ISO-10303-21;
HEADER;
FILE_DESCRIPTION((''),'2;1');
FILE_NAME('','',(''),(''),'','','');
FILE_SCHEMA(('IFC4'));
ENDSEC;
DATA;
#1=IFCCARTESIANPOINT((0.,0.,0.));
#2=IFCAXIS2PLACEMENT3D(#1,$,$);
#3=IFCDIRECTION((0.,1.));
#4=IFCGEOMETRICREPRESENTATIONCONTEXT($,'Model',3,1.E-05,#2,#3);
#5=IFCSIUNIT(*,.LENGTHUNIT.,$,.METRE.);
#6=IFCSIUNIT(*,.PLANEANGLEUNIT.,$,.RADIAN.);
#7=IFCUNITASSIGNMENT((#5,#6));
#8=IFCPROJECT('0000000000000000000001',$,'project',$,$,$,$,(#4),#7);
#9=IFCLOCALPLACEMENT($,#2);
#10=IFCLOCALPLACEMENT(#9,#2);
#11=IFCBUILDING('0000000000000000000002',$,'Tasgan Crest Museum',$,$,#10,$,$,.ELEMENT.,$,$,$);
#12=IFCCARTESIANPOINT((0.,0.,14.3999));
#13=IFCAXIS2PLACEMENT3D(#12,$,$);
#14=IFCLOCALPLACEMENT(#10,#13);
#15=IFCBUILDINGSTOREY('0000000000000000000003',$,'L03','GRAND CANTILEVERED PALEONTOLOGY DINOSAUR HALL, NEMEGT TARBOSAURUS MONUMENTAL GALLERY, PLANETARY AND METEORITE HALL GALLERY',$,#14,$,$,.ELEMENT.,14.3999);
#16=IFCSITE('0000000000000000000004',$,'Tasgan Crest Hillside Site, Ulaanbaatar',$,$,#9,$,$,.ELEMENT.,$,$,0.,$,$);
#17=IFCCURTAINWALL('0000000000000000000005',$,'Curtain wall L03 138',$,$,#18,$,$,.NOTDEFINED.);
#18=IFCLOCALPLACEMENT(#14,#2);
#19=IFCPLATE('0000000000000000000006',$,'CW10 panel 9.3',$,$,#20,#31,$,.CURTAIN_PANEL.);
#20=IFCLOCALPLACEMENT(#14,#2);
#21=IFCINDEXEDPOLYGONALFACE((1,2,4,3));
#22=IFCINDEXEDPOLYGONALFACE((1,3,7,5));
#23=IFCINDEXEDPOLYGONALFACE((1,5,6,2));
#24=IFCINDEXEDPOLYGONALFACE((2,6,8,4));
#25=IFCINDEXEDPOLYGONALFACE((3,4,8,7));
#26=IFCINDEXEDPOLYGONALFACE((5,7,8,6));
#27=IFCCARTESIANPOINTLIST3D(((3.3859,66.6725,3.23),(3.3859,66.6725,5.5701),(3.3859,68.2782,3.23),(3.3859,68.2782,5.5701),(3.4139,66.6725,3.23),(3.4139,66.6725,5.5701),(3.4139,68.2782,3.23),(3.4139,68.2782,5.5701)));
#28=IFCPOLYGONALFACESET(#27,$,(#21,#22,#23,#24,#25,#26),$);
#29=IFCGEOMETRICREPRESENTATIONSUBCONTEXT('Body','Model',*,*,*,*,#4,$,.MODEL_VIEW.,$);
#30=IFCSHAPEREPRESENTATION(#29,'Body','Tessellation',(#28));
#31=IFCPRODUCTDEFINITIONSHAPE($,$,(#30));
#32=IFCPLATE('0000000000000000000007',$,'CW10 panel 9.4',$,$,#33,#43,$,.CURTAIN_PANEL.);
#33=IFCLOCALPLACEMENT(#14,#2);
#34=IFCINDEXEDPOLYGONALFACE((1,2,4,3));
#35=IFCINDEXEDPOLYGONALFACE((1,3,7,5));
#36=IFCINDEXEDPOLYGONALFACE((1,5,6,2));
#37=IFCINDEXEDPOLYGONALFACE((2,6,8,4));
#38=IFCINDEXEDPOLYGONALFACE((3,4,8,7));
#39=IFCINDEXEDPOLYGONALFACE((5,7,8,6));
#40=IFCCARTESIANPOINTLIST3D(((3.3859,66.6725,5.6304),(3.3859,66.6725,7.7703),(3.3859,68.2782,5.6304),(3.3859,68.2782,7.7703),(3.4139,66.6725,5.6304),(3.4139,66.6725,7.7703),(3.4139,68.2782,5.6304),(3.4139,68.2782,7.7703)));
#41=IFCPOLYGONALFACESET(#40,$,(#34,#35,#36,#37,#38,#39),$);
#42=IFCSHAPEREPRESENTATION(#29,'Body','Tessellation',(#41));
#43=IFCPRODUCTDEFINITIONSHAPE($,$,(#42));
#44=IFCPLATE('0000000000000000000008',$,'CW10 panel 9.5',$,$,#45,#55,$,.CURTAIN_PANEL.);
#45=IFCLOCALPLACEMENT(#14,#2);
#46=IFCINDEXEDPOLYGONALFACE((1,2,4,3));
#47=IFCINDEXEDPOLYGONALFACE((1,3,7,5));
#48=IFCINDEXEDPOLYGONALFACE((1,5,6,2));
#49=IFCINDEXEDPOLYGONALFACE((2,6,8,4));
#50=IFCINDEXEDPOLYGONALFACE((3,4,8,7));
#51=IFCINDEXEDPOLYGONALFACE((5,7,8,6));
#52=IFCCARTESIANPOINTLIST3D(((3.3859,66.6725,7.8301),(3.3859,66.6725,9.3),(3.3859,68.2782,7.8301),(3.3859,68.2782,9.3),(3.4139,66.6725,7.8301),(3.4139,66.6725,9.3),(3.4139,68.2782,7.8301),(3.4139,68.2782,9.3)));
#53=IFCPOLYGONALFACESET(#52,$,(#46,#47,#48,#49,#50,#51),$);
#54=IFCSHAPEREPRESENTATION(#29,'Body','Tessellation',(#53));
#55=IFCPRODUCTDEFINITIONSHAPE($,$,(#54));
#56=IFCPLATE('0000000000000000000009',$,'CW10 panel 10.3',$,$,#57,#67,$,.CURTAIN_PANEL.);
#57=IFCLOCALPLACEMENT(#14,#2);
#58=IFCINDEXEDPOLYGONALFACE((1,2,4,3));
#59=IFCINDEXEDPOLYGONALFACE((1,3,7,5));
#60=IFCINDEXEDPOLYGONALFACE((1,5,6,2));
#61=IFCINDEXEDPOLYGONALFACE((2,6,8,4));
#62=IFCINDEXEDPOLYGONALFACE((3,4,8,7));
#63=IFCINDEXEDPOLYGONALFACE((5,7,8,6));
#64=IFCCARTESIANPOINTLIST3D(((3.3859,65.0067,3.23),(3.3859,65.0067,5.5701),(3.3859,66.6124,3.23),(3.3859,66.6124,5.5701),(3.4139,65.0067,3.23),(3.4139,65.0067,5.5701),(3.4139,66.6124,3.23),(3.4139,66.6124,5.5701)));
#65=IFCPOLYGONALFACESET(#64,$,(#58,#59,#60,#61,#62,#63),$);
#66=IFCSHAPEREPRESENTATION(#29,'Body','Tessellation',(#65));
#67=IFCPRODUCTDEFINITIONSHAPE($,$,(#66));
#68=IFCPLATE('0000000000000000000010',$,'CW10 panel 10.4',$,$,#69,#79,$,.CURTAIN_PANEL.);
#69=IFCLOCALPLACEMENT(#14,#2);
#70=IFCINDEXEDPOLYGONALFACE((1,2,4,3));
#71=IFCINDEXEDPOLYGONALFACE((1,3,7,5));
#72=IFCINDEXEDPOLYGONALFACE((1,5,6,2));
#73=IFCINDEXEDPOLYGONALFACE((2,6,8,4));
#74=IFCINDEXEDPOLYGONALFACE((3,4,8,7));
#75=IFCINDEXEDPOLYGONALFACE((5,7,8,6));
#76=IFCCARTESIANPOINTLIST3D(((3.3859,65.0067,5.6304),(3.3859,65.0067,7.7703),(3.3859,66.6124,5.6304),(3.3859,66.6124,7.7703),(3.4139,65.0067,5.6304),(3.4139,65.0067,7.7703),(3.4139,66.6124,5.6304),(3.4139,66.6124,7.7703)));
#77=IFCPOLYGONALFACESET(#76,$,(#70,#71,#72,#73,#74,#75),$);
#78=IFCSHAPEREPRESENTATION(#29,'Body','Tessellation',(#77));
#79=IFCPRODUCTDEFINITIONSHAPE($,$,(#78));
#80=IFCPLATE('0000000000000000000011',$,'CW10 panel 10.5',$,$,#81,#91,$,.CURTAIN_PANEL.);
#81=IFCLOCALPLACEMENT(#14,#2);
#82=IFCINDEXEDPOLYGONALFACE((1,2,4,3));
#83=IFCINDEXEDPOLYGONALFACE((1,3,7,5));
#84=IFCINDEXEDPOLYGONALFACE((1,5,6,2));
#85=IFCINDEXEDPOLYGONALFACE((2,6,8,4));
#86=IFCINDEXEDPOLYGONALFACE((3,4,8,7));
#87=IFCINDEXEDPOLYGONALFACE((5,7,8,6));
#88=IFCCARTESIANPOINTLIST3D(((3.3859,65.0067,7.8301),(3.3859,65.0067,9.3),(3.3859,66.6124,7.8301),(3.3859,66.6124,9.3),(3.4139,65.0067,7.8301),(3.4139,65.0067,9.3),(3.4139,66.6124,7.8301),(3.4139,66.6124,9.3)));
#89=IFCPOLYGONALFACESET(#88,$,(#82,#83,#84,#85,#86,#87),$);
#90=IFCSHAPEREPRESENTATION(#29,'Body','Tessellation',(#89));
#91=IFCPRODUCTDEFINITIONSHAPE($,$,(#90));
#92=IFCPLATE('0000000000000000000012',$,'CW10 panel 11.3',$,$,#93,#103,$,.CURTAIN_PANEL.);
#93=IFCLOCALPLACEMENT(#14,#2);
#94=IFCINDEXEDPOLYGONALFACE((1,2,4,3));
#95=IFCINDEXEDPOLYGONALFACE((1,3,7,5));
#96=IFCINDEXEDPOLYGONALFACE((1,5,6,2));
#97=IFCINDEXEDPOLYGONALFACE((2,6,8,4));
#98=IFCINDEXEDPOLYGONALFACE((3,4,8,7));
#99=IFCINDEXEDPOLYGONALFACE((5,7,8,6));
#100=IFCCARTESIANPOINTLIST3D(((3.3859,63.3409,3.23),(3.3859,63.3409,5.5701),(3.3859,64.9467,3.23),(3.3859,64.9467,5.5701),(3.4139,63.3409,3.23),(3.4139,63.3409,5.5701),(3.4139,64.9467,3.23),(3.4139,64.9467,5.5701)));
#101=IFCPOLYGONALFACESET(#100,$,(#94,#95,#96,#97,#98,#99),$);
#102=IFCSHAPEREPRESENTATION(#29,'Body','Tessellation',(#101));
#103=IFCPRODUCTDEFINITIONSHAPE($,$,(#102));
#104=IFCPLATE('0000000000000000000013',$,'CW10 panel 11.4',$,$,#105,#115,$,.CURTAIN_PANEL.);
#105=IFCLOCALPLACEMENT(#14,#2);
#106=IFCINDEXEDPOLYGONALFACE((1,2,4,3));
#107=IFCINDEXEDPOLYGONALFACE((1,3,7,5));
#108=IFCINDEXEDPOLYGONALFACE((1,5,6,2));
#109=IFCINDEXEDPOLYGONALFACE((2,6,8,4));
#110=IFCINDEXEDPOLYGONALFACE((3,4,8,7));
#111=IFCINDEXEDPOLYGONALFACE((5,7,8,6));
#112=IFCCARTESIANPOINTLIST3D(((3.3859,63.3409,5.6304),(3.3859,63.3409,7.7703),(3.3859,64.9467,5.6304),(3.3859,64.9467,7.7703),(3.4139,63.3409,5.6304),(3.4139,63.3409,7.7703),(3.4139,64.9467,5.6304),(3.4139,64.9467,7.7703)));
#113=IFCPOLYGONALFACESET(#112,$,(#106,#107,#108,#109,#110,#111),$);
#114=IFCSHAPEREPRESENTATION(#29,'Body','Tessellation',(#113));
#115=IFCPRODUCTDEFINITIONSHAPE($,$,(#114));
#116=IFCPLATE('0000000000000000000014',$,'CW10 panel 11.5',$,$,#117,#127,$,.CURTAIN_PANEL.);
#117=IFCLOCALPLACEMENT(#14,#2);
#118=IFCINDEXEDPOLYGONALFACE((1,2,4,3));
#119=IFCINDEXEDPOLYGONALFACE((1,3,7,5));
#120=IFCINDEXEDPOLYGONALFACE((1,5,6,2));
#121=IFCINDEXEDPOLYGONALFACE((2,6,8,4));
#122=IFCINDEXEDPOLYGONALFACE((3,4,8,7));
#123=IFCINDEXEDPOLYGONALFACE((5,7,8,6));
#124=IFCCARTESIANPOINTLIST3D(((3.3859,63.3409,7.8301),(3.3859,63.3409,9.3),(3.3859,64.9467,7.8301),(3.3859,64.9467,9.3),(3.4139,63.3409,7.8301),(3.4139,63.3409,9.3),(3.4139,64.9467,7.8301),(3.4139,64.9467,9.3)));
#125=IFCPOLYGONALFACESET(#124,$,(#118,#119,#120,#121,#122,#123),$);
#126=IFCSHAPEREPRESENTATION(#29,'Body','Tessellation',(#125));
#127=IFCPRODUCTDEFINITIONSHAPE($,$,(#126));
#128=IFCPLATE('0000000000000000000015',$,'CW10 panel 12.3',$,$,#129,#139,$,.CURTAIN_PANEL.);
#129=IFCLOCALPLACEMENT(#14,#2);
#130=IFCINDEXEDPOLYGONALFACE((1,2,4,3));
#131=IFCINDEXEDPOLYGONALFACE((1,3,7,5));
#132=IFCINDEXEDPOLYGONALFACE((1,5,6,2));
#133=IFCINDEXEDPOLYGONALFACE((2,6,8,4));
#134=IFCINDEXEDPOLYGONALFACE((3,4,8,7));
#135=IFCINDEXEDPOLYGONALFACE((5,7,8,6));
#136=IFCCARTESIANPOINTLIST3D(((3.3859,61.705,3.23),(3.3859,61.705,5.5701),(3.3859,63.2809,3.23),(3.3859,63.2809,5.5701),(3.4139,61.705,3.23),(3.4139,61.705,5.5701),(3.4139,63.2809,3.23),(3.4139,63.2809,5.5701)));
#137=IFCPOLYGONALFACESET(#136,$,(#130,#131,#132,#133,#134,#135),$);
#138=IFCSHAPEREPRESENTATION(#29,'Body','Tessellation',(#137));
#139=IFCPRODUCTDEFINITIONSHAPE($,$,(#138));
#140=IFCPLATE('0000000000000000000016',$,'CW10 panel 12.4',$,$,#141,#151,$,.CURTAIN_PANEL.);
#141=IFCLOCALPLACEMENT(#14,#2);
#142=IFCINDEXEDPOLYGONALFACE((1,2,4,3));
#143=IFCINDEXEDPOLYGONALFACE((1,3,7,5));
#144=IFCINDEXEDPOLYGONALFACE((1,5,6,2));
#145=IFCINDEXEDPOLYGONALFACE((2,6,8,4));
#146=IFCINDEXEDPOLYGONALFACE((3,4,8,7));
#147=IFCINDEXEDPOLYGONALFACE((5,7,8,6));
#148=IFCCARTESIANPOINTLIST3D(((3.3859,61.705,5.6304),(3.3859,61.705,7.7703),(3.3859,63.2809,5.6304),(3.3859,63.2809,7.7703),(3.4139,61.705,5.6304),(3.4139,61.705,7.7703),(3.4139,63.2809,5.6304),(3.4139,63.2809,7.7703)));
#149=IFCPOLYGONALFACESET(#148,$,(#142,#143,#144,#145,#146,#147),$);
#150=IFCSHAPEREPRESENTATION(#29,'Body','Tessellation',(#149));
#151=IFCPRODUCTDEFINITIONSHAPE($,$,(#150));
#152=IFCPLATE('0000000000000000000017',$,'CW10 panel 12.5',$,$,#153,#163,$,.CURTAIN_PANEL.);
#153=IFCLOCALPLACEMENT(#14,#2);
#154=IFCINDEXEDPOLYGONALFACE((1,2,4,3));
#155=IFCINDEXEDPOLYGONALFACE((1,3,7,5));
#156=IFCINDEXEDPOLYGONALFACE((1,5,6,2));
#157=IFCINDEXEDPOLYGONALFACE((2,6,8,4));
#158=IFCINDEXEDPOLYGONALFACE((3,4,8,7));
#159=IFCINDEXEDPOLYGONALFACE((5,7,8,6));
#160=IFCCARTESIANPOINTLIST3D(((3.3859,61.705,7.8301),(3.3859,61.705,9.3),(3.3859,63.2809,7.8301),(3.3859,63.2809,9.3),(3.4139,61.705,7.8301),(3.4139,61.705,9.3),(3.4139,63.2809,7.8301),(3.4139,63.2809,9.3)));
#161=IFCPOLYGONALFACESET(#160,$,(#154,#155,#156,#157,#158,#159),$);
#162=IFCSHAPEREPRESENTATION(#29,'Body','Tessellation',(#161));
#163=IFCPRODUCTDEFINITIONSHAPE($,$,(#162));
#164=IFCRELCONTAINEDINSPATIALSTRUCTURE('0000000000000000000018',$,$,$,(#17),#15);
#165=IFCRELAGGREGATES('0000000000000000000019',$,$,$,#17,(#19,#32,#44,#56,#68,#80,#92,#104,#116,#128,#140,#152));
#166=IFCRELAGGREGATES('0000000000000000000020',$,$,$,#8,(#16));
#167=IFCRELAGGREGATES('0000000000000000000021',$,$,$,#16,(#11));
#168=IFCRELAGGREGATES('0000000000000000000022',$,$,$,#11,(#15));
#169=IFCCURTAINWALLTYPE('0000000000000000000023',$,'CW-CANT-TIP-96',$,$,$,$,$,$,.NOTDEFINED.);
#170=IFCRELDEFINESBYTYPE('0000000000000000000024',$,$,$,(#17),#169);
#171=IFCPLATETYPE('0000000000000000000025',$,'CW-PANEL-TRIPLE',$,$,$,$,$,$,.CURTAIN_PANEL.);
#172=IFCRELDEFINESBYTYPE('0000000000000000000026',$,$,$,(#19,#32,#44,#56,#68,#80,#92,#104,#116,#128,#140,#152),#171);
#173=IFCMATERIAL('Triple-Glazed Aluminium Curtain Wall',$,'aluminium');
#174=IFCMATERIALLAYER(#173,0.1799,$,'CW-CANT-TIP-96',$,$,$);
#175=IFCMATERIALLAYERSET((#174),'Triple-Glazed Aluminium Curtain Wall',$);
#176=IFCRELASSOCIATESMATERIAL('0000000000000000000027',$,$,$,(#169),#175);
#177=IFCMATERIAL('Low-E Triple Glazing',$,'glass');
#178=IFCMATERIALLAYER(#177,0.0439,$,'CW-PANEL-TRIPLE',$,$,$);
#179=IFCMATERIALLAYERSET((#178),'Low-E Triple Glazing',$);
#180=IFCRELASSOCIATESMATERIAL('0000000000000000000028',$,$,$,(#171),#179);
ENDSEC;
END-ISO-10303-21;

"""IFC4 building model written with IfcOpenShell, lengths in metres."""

from ifc_helpers import new_model, si_unit, direction, frame, origin, origin_2d, place, context, subcontext, project, spatial, rectangle, extrude, material, layer, layer_set, type_object, element, aggregate, save


model = new_model("IFC4")

# Units and contexts
model_context = context("Model", 3, precision=1e-05, world=origin(), true_north=direction((0.0, 1.0)))
body_context = subcontext(model_context, "Body", "Model", "MODEL_VIEW")
ifc_project = project(units=[si_unit("LENGTHUNIT", "METRE"), si_unit("PLANEANGLEUNIT", "RADIAN")], contexts=[model_context])

# Site, building, storey
site_placement = place(None, origin())
site = spatial("IfcSite", under=ifc_project, at=site_placement, Name="Tasgan Crest Hillside Site, Ulaanbaatar", CompositionType="ELEMENT", RefElevation=0.0)
building_placement = place(site_placement, origin())
building = spatial("IfcBuilding", under=site, at=building_placement, Name="Tasgan Crest Museum", CompositionType="ELEMENT")
storey_placement = place(building_placement, frame((0.0, 0.0, 14.3999)))
storey = spatial("IfcBuildingStorey", under=building, at=storey_placement, Name="L03", Description="GRAND CANTILEVERED PALEONTOLOGY DINOSAUR HALL, NEMEGT TARBOSAURUS MONUMENTAL GALLERY, PLANETARY AND METEORITE HALL GALLERY", CompositionType="ELEMENT", Elevation=14.3999)

# Curtain wall, plates
ifc_material_1 = material(Name="Triple-Glazed Aluminium Curtain Wall", Category="aluminium")
ifc_layer_1 = layer(ifc_material_1, 0.1799, Name="CW-CANT-TIP-96")
ifc_layer_set_1 = layer_set([ifc_layer_1], Name="Triple-Glazed Aluminium Curtain Wall")
curtain_wall_type = type_object("IfcCurtainWallType", Name="CW-CANT-TIP-96", PredefinedType="NOTDEFINED", material=ifc_layer_set_1)
curtain_wall_placement = place(storey_placement, origin())
curtain_wall = element("IfcCurtainWall", 1, at=curtain_wall_placement, inside=storey, type_object=curtain_wall_type, Name="Curtain wall L03 138", PredefinedType="NOTDEFINED")
ifc_material_2 = material(Name="Low-E Triple Glazing", Category="glass")
ifc_layer_2 = layer(ifc_material_2, 0.0439, Name="CW-PANEL-TRIPLE")
ifc_layer_set_2 = layer_set([ifc_layer_2], Name="Low-E Triple Glazing")
plate_type = type_object("IfcPlateType", Name="CW-PANEL-TRIPLE", PredefinedType="CURTAIN_PANEL", material=ifc_layer_set_2)
plate_1_placement = place(storey_placement, frame((3.3999, 67.4753, 3.23), z_axis=(0.0, 0.0, 1.0), x_axis=(0.0, -1.0, 0.0)))
plate_1 = element("IfcPlate", 2, at=plate_1_placement, type_object=plate_type, Name="CW10 panel 9.3", PredefinedType="CURTAIN_PANEL", context=body_context, shape_type="SweptSolid", body=[
    extrude(rectangle(XDim=1.6057, YDim=0.0281, at=origin_2d()), origin(), (0.0, 0.0, 1.0), 2.3401),
])
plate_2_placement = place(storey_placement, frame((3.3999, 67.4753, 5.6304), z_axis=(0.0, 0.0, 1.0), x_axis=(0.0, -1.0, 0.0)))
plate_2 = element("IfcPlate", 3, at=plate_2_placement, type_object=plate_type, Name="CW10 panel 9.4", PredefinedType="CURTAIN_PANEL", context=body_context, shape_type="SweptSolid", body=[
    extrude(rectangle(XDim=1.6057, YDim=0.0281, at=origin_2d()), origin(), (0.0, 0.0, 1.0), 2.1399),
])
plate_3_placement = place(storey_placement, frame((3.3999, 67.4753, 7.8301), z_axis=(0.0, 0.0, 1.0), x_axis=(0.0, -1.0, 0.0)))
plate_3 = element("IfcPlate", 4, at=plate_3_placement, type_object=plate_type, Name="CW10 panel 9.5", PredefinedType="CURTAIN_PANEL", context=body_context, shape_type="SweptSolid", body=[
    extrude(rectangle(XDim=1.6057, YDim=0.0281, at=origin_2d()), origin(), (0.0, 0.0, 1.0), 1.47),
])
plate_4_placement = place(storey_placement, frame((3.3999, 65.8096, 3.23), z_axis=(0.0, 0.0, 1.0), x_axis=(0.0, -1.0, 0.0)))
plate_4 = element("IfcPlate", 5, at=plate_4_placement, type_object=plate_type, Name="CW10 panel 10.3", PredefinedType="CURTAIN_PANEL", context=body_context, shape_type="SweptSolid", body=[
    extrude(rectangle(XDim=1.6057, YDim=0.0281, at=origin_2d()), origin(), (0.0, 0.0, 1.0), 2.3401),
])
plate_5_placement = place(storey_placement, frame((3.3999, 65.8096, 5.6304), z_axis=(0.0, 0.0, 1.0), x_axis=(0.0, -1.0, 0.0)))
plate_5 = element("IfcPlate", 6, at=plate_5_placement, type_object=plate_type, Name="CW10 panel 10.4", PredefinedType="CURTAIN_PANEL", context=body_context, shape_type="SweptSolid", body=[
    extrude(rectangle(XDim=1.6057, YDim=0.0281, at=origin_2d()), origin(), (0.0, 0.0, 1.0), 2.1399),
])
plate_6_placement = place(storey_placement, frame((3.3999, 65.8096, 7.8301), z_axis=(0.0, 0.0, 1.0), x_axis=(0.0, -1.0, 0.0)))
plate_6 = element("IfcPlate", 7, at=plate_6_placement, type_object=plate_type, Name="CW10 panel 10.5", PredefinedType="CURTAIN_PANEL", context=body_context, shape_type="SweptSolid", body=[
    extrude(rectangle(XDim=1.6057, YDim=0.0281, at=origin_2d()), origin(), (0.0, 0.0, 1.0), 1.47),
])
plate_7_placement = place(storey_placement, frame((3.3999, 64.1438, 3.23), z_axis=(0.0, 0.0, 1.0), x_axis=(0.0, -1.0, 0.0)))
plate_7 = element("IfcPlate", 8, at=plate_7_placement, type_object=plate_type, Name="CW10 panel 11.3", PredefinedType="CURTAIN_PANEL", context=body_context, shape_type="SweptSolid", body=[
    extrude(rectangle(XDim=1.6057, YDim=0.0281, at=origin_2d()), origin(), (0.0, 0.0, 1.0), 2.3401),
])
plate_8_placement = place(storey_placement, frame((3.3999, 64.1438, 5.6304), z_axis=(0.0, 0.0, 1.0), x_axis=(0.0, -1.0, 0.0)))
plate_8 = element("IfcPlate", 9, at=plate_8_placement, type_object=plate_type, Name="CW10 panel 11.4", PredefinedType="CURTAIN_PANEL", context=body_context, shape_type="SweptSolid", body=[
    extrude(rectangle(XDim=1.6057, YDim=0.0281, at=origin_2d()), origin(), (0.0, 0.0, 1.0), 2.1399),
])
plate_9_placement = place(storey_placement, frame((3.3999, 64.1438, 7.8301), z_axis=(0.0, 0.0, 1.0), x_axis=(0.0, -1.0, 0.0)))
plate_9 = element("IfcPlate", 10, at=plate_9_placement, type_object=plate_type, Name="CW10 panel 11.5", PredefinedType="CURTAIN_PANEL", context=body_context, shape_type="SweptSolid", body=[
    extrude(rectangle(XDim=1.6057, YDim=0.0281, at=origin_2d()), origin(), (0.0, 0.0, 1.0), 1.47),
])
plate_10_placement = place(storey_placement, frame((3.3999, 62.4929, 3.23), z_axis=(0.0, 0.0, 1.0), x_axis=(0.0, -1.0, 0.0)))
plate_10 = element("IfcPlate", 11, at=plate_10_placement, type_object=plate_type, Name="CW10 panel 12.3", PredefinedType="CURTAIN_PANEL", context=body_context, shape_type="SweptSolid", body=[
    extrude(rectangle(XDim=1.5759, YDim=0.0281, at=origin_2d()), origin(), (0.0, 0.0, 1.0), 2.3401),
])
plate_11_placement = place(storey_placement, frame((3.3999, 62.4929, 5.6304), z_axis=(0.0, 0.0, 1.0), x_axis=(0.0, -1.0, 0.0)))
plate_11 = element("IfcPlate", 12, at=plate_11_placement, type_object=plate_type, Name="CW10 panel 12.4", PredefinedType="CURTAIN_PANEL", context=body_context, shape_type="SweptSolid", body=[
    extrude(rectangle(XDim=1.5759, YDim=0.0281, at=origin_2d()), origin(), (0.0, 0.0, 1.0), 2.1399),
])
plate_12_placement = place(storey_placement, frame((3.3999, 62.4929, 7.8301), z_axis=(0.0, 0.0, 1.0), x_axis=(0.0, -1.0, 0.0)))
plate_12 = element("IfcPlate", 13, at=plate_12_placement, type_object=plate_type, Name="CW10 panel 12.5", PredefinedType="CURTAIN_PANEL", context=body_context, shape_type="SweptSolid", body=[
    extrude(rectangle(XDim=1.5759, YDim=0.0281, at=origin_2d()), origin(), (0.0, 0.0, 1.0), 1.47),
])
aggregate(curtain_wall, [plate_1, plate_2, plate_3, plate_4, plate_5, plate_6, plate_7, plate_8, plate_9, plate_10, plate_11, plate_12])

save(model, "model.ifc")
